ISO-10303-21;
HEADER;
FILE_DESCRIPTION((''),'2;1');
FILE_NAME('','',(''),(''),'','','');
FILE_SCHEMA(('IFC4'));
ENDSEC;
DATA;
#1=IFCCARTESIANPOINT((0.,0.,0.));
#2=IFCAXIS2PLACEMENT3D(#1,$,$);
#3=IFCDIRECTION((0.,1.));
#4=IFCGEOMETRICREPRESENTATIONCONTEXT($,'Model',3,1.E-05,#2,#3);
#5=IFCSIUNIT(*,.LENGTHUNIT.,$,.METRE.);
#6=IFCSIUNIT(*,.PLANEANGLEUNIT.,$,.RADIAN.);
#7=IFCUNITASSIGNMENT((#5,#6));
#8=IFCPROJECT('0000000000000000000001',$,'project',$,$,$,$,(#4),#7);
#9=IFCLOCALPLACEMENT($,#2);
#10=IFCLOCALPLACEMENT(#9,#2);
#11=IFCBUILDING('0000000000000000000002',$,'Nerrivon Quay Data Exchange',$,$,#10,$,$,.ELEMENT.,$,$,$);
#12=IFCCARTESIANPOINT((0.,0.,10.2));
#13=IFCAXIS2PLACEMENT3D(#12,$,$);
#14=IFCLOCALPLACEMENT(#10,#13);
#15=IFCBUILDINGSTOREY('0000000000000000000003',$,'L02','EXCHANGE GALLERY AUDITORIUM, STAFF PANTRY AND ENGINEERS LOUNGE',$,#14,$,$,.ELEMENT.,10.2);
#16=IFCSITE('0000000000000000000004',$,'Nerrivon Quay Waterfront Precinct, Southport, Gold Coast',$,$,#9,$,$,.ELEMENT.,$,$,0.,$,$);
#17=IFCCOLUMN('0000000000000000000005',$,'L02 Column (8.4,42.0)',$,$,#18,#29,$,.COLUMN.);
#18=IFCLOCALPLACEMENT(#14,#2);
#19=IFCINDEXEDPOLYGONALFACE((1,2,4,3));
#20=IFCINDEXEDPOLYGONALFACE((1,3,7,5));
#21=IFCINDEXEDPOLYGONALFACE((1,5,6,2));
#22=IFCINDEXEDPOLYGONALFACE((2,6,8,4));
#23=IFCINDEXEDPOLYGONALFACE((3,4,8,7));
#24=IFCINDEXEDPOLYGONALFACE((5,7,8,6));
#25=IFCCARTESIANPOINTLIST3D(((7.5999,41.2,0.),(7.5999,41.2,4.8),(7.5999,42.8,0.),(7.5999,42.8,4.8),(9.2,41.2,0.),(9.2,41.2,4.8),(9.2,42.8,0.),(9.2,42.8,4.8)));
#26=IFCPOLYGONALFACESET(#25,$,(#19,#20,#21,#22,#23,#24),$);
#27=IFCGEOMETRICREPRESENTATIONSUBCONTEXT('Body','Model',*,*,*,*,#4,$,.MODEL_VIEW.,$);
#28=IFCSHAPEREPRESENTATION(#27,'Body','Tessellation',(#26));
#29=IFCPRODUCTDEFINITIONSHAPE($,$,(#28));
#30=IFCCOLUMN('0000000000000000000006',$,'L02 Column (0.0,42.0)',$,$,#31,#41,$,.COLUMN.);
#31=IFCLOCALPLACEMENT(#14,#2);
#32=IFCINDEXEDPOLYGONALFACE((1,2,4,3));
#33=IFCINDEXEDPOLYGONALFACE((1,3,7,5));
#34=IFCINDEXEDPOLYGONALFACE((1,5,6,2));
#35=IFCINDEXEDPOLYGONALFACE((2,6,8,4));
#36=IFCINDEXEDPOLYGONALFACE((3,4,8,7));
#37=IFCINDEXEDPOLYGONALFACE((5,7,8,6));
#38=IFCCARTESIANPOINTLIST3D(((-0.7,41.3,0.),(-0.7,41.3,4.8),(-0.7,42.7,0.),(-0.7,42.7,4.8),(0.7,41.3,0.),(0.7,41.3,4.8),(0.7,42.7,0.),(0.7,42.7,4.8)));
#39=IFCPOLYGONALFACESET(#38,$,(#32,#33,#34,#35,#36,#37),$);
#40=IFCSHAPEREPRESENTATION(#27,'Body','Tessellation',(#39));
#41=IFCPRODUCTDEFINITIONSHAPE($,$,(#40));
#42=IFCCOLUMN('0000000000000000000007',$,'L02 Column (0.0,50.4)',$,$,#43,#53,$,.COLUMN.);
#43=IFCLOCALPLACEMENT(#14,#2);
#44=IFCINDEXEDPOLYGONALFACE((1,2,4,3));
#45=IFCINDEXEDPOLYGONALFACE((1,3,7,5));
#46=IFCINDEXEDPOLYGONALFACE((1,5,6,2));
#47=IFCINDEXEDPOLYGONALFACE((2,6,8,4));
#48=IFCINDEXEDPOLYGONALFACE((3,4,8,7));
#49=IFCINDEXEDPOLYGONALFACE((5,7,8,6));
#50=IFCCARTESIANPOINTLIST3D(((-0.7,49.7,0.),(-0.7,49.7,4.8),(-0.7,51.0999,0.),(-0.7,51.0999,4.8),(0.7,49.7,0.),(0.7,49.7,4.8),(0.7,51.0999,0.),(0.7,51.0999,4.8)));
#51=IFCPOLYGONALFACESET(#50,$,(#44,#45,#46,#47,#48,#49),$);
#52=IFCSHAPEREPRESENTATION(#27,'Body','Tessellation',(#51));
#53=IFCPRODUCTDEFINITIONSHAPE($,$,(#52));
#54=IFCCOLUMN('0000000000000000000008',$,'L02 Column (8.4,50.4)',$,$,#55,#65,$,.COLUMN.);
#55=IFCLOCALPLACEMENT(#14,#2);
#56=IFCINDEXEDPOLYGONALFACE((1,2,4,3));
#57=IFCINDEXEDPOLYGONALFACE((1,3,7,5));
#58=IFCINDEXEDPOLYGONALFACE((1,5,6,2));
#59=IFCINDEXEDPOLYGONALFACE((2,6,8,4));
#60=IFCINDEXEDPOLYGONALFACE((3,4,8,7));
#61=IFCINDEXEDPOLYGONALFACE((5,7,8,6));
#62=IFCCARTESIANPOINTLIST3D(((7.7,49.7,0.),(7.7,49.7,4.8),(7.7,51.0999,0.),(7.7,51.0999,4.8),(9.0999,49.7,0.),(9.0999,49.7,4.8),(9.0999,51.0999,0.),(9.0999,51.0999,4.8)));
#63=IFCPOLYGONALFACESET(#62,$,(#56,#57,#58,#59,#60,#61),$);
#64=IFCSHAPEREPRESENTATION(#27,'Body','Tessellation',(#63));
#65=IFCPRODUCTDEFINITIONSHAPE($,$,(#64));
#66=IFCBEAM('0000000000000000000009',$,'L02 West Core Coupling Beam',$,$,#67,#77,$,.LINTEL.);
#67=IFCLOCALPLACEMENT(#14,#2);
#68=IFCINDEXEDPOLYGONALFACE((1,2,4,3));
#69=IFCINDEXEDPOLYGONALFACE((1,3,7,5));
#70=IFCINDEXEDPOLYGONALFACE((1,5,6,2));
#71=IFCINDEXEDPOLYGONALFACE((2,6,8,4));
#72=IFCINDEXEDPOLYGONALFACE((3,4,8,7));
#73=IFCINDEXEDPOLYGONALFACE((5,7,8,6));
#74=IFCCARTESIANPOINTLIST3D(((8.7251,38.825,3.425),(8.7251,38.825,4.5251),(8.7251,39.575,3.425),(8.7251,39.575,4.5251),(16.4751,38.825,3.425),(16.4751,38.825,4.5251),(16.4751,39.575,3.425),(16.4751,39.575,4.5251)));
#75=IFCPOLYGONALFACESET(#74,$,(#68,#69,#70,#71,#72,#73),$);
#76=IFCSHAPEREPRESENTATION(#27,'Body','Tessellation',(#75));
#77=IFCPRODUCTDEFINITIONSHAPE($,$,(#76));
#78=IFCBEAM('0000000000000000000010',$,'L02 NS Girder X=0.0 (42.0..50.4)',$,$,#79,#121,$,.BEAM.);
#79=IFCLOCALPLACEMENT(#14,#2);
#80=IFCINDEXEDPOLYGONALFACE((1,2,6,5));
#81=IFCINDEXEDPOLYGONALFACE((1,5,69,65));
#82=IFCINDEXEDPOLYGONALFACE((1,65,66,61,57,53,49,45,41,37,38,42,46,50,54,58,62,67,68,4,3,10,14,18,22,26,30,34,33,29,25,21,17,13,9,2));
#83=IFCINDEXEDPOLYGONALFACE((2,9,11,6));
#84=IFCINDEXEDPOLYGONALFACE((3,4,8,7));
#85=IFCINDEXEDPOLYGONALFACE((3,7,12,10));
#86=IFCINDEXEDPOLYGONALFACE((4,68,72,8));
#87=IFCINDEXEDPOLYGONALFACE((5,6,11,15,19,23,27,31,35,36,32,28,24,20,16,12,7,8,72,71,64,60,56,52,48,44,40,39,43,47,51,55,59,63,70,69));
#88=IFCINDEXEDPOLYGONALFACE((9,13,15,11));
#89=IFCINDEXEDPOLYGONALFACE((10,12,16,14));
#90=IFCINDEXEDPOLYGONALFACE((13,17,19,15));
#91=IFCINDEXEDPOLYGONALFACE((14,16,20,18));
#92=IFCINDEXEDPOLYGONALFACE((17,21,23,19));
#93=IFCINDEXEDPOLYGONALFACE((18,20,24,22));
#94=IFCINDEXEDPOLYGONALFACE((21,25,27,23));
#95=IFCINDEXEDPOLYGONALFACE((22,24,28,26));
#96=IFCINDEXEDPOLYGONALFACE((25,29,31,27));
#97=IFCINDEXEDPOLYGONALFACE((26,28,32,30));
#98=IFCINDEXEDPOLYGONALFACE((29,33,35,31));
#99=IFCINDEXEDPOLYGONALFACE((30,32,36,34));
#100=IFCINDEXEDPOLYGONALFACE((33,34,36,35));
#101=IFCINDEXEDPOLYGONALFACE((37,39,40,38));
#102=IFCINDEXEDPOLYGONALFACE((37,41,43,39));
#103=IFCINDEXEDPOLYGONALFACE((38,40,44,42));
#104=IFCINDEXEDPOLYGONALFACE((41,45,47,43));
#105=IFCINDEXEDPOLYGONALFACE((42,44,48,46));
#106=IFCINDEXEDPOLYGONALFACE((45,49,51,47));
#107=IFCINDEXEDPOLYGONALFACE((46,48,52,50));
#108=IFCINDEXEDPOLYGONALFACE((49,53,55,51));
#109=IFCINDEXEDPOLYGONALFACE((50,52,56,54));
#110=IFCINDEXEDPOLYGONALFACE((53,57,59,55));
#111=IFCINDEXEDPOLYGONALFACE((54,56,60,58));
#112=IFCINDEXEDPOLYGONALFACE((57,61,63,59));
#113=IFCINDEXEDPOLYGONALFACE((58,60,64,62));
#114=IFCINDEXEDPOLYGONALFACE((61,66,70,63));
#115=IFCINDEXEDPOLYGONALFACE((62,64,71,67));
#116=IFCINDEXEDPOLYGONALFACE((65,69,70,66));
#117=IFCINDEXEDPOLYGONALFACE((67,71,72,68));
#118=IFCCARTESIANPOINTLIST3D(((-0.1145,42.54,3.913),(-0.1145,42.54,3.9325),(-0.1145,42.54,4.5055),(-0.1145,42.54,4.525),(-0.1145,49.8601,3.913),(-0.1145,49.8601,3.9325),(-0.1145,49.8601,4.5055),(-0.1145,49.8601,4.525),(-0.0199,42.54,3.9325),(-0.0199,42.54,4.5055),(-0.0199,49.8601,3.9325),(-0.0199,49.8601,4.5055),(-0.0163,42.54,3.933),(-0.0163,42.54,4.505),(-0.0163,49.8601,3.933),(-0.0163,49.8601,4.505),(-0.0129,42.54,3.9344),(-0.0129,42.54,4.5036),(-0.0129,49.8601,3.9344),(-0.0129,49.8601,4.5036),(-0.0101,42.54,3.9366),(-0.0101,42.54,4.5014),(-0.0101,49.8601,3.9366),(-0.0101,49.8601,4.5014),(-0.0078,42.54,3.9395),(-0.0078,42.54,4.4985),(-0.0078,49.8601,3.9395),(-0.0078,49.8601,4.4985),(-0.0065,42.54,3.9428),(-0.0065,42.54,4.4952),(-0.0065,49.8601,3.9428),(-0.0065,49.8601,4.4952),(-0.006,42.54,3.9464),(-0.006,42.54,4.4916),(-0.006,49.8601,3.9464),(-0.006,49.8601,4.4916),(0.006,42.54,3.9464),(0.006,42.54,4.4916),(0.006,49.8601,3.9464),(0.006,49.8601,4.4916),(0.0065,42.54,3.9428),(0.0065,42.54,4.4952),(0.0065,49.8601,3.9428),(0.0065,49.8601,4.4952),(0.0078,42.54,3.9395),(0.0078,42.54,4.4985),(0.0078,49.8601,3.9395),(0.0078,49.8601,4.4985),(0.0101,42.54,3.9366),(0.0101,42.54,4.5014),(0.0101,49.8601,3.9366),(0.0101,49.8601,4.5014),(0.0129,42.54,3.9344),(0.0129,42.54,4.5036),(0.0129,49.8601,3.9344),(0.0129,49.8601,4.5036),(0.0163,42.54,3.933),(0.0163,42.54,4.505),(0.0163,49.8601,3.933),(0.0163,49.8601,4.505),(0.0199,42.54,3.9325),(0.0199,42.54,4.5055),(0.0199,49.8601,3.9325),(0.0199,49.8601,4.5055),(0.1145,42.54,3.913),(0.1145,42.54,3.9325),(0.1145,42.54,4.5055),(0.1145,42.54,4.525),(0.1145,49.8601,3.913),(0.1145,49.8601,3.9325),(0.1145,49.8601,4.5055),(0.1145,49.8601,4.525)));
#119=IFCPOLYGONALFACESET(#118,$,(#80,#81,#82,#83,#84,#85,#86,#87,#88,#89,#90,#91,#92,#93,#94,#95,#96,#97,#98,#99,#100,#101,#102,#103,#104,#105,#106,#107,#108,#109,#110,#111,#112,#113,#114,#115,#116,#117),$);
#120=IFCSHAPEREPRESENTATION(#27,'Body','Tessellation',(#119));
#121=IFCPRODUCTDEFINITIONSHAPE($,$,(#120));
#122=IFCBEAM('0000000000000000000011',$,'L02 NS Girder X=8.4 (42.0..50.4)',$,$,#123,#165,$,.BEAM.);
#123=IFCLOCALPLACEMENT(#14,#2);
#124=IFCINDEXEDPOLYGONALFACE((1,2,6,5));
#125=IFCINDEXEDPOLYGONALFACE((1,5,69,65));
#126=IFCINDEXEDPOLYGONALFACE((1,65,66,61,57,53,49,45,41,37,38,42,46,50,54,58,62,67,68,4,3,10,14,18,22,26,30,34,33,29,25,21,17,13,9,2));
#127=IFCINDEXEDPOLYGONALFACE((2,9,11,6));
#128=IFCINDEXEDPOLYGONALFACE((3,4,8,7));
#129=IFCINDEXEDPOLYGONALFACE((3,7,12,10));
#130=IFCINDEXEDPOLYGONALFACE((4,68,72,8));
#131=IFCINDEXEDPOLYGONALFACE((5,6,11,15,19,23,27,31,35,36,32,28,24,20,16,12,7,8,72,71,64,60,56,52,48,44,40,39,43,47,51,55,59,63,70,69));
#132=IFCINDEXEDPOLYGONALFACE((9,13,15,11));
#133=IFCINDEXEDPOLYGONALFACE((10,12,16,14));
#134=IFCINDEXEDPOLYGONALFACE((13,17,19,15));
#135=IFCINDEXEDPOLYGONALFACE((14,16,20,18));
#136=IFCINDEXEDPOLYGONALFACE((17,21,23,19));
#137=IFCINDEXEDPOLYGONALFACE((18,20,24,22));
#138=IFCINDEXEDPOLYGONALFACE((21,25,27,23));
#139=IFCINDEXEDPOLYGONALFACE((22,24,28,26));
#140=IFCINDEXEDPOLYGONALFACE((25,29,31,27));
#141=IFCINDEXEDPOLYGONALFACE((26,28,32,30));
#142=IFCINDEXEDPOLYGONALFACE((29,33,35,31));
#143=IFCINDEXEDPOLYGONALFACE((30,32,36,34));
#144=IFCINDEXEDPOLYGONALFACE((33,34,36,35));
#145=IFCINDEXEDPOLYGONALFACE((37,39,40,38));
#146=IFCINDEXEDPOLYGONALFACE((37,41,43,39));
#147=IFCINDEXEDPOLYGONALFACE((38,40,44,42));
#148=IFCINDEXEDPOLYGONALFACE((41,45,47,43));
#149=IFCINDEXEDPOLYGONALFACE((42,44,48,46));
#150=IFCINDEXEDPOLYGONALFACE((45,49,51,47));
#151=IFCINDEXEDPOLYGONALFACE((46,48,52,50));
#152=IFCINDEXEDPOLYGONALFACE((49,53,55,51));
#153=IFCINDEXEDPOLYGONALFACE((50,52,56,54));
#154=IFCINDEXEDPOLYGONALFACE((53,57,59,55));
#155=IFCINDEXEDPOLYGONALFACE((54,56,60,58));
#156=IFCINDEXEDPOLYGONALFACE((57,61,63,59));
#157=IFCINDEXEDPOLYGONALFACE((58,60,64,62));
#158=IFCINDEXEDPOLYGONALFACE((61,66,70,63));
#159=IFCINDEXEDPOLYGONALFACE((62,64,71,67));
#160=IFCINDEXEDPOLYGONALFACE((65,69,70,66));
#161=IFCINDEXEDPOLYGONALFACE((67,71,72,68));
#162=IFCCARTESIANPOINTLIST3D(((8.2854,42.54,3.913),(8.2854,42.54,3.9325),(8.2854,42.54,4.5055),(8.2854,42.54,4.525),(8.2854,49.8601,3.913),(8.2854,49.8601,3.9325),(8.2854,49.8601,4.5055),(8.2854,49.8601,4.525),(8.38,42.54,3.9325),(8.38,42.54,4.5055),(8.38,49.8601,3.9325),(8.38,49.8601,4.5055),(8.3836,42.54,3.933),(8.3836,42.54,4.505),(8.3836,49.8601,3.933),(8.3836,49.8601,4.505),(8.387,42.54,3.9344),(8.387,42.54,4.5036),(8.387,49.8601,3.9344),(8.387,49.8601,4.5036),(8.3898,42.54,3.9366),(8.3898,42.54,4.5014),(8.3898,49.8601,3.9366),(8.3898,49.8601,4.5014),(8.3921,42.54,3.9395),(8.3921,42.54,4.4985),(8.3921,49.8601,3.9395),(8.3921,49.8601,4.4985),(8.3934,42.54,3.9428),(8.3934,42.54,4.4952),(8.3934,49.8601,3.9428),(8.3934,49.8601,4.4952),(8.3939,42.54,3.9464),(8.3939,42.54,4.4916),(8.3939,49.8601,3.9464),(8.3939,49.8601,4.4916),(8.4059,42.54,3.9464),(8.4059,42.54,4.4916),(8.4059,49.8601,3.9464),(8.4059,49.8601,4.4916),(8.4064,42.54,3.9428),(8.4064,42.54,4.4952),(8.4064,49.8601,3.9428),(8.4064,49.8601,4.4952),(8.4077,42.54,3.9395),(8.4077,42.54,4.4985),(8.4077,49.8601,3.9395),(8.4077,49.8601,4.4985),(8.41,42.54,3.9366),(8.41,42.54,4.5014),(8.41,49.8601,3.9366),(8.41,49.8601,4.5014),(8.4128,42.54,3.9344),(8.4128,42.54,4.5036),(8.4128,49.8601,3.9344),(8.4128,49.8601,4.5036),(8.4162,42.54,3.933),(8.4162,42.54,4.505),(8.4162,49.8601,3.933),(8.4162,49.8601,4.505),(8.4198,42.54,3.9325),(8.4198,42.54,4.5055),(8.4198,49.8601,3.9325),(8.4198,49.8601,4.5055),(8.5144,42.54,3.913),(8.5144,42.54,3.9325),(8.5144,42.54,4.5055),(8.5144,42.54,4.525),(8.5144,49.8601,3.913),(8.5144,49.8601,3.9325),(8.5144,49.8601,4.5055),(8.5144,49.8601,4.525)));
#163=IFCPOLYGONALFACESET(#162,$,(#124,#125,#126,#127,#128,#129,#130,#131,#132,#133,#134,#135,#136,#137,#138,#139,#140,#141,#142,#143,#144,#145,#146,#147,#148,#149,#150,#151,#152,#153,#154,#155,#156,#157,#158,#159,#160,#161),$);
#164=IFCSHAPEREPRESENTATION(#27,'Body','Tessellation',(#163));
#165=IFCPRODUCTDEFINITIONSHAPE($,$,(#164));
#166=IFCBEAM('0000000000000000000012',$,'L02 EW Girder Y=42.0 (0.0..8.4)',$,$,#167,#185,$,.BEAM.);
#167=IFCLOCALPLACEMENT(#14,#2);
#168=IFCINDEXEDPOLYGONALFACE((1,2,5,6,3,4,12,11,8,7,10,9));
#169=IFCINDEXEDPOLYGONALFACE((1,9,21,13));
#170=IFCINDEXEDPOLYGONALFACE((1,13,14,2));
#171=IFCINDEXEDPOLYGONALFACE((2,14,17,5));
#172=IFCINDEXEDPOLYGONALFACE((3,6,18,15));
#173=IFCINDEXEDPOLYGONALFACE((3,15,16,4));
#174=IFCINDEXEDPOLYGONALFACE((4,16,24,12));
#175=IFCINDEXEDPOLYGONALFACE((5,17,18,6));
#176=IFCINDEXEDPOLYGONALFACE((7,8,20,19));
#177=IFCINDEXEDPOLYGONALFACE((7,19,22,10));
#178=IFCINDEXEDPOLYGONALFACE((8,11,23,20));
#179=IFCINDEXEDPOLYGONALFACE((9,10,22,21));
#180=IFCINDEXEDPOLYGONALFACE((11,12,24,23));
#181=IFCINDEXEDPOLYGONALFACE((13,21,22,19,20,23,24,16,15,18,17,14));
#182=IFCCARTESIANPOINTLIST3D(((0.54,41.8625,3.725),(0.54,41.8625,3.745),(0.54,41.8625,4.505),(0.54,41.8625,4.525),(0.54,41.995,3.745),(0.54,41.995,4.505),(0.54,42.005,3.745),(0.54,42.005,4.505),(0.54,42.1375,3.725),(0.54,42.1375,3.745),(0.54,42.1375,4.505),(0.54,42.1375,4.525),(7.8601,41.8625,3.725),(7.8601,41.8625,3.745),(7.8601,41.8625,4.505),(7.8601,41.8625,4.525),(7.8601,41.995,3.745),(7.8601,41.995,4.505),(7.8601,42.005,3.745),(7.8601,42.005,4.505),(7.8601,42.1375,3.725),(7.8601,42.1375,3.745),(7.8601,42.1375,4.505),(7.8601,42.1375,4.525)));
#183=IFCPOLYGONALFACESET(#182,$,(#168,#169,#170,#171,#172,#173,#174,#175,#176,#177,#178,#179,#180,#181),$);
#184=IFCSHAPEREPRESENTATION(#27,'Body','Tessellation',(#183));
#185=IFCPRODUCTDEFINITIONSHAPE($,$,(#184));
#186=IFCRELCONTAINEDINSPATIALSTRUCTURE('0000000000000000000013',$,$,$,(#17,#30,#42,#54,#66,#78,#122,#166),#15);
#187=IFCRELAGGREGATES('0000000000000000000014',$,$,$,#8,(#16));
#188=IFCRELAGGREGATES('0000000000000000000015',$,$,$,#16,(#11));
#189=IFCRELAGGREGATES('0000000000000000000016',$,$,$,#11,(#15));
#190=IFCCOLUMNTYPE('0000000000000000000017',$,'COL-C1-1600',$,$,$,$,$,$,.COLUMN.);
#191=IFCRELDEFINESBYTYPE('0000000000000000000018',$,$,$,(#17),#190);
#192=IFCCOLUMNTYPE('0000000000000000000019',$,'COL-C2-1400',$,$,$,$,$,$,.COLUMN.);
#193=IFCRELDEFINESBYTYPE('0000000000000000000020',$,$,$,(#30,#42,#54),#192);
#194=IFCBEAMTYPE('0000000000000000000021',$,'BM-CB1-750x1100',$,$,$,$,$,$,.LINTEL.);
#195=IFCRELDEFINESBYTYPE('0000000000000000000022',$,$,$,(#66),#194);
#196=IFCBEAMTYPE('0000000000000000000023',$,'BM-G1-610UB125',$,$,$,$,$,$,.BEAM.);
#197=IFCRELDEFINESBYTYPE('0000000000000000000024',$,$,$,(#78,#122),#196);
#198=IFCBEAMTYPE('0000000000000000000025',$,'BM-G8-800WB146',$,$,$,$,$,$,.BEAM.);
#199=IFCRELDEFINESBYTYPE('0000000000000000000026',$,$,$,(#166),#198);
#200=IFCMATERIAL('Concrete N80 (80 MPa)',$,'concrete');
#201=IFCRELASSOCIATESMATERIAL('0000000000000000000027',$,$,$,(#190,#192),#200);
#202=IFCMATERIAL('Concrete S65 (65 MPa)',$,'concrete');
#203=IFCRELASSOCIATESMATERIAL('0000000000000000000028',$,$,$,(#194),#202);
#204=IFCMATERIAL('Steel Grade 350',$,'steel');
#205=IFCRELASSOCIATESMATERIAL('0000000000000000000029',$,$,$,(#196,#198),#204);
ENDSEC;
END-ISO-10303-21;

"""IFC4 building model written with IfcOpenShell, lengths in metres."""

from ifc_helpers import new_model, si_unit, direction, frame, origin, origin_2d, place, context, subcontext, project, spatial, rectangle, i_section, extrude, material, material_profile, profile_set, type_object, element, save


model = new_model("IFC4")

# Units and contexts
model_context = context("Model", 3, precision=1e-05, world=origin(), true_north=direction((0.0, 1.0)))
body_context = subcontext(model_context, "Body", "Model", "MODEL_VIEW")
ifc_project = project(units=[si_unit("LENGTHUNIT", "METRE"), si_unit("PLANEANGLEUNIT", "RADIAN")], contexts=[model_context])

# Site, building, storey
site_placement = place(None, origin())
site = spatial("IfcSite", under=ifc_project, at=site_placement, Name="Nerrivon Quay Waterfront Precinct, Southport, Gold Coast", CompositionType="ELEMENT", RefElevation=0.0)
building_placement = place(site_placement, origin())
building = spatial("IfcBuilding", under=site, at=building_placement, Name="Nerrivon Quay Data Exchange", CompositionType="ELEMENT")
storey_placement = place(building_placement, frame((0.0, 0.0, 10.2)))
storey = spatial("IfcBuildingStorey", under=building, at=storey_placement, Name="L02", Description="EXCHANGE GALLERY AUDITORIUM, STAFF PANTRY AND ENGINEERS LOUNGE", CompositionType="ELEMENT", Elevation=10.2)

# Columns
ifc_material_1 = material(Name="Concrete N80 (80 MPa)", Category="concrete")
ifc_material_profile_1 = material_profile(ifc_material_1, rectangle(XDim=1.6001, YDim=1.6001, at=origin_2d()), Name="RC-COL-1600x1600")
ifc_profile_set_1 = profile_set([ifc_material_profile_1], Name="Concrete N80 (80 MPa)")
column_type_1 = type_object("IfcColumnType", Name="COL-C1-1600", PredefinedType="COLUMN", material=ifc_profile_set_1)
column_placement = place(storey_placement, frame((8.3999, 42.0, 0.0), z_axis=(0.0, 0.0, 1.0), x_axis=(1.0, 0.0, 0.0)))
element("IfcColumn", 1, at=column_placement, inside=storey, type_object=column_type_1, Name="L02 Column (8.4,42.0)", PredefinedType="COLUMN", context=body_context, shape_type="SweptSolid", body=[
    extrude(rectangle(XDim=1.6001, YDim=1.6001, at=origin_2d()), origin(), (0.0, 0.0, 1.0), 4.8),
])
ifc_material_profile_2 = material_profile(ifc_material_1, rectangle(XDim=1.3999, YDim=1.3999, at=origin_2d()), Name="RC-COL-1400x1400")
ifc_profile_set_2 = profile_set([ifc_material_profile_2], Name="Concrete N80 (80 MPa)")
column_type_2 = type_object("IfcColumnType", Name="COL-C2-1400", PredefinedType="COLUMN", material=ifc_profile_set_2)
for number, where, z_axis, x_axis, name in (
    (2, (0.0, 42.0, 0.0), (0.0, 0.0, 1.0), (1.0, 0.0, 0.0), "L02 Column (0.0,42.0)"),
    (3, (0.0, 50.3999, 0.0), (0.0, 0.0, 1.0), (1.0, 0.0, 0.0), "L02 Column (0.0,50.4)"),
    (4, (8.3999, 50.3999, 0.0), (0.0, 0.0, 1.0), (1.0, 0.0, 0.0), "L02 Column (8.4,50.4)"),
):
    element("IfcColumn", number, at=place(storey_placement, frame(where, z_axis=z_axis, x_axis=x_axis)), inside=storey, type_object=column_type_2, Name=name, PredefinedType="COLUMN", context=body_context, shape_type="SweptSolid", body=[
        extrude(rectangle(XDim=1.3999, YDim=1.3999, at=origin_2d()), origin(), (0.0, 0.0, 1.0), 4.8),
    ])

# Beams
ifc_material_2 = material(Name="Concrete S65 (65 MPa)", Category="concrete")
ifc_material_profile_3 = material_profile(ifc_material_2, rectangle(XDim=0.75, YDim=1.1001, at=origin_2d()), Name="RC-CB-750x1100")
ifc_profile_set_3 = profile_set([ifc_material_profile_3], Name="Concrete S65 (65 MPa)")
beam_type_1 = type_object("IfcBeamType", Name="BM-CB1-750x1100", PredefinedType="LINTEL", material=ifc_profile_set_3)
beam_1_placement = place(storey_placement, frame((8.7251, 39.2, 3.9751), z_axis=(1.0, 0.0, 0.0), x_axis=(0.0, 1.0, 0.0)))
element("IfcBeam", 5, at=beam_1_placement, inside=storey, type_object=beam_type_1, Name="L02 West Core Coupling Beam", PredefinedType="LINTEL", context=body_context, shape_type="SweptSolid", body=[
    extrude(rectangle(XDim=0.75, YDim=1.1001, at=origin_2d()), origin(), (0.0, 0.0, 1.0), 7.75),
])
ifc_material_3 = material(Name="Steel Grade 350", Category="steel")
ifc_material_profile_4 = material_profile(ifc_material_3, i_section(OverallWidth=0.229, OverallDepth=0.6121, WebThickness=0.012, FlangeThickness=0.0195, FilletRadius=0.0139, at=origin_2d()), Name="610UB125")
ifc_profile_set_4 = profile_set([ifc_material_profile_4], Name="Steel Grade 350")
beam_type_2 = type_object("IfcBeamType", Name="BM-G1-610UB125", PredefinedType="BEAM", material=ifc_profile_set_4)
for number, where, z_axis, x_axis, name in (
    (6, (0.0, 42.54, 4.219), (0.0, 1.0, 0.0), (-1.0, 0.0, 0.0), "L02 NS Girder X=0.0 (42.0..50.4)"),
    (7, (8.3999, 42.54, 4.219), (0.0, 1.0, 0.0), (-1.0, 0.0, 0.0), "L02 NS Girder X=8.4 (42.0..50.4)"),
):
    element("IfcBeam", number, at=place(storey_placement, frame(where, z_axis=z_axis, x_axis=x_axis)), inside=storey, type_object=beam_type_2, Name=name, PredefinedType="BEAM", context=body_context, shape_type="SweptSolid", body=[
        extrude(i_section(OverallWidth=0.229, OverallDepth=0.6121, WebThickness=0.012, FlangeThickness=0.0195, FilletRadius=0.0139, at=origin_2d()), origin(), (0.0, 0.0, 1.0), 7.3201),
    ])
ifc_material_profile_5 = material_profile(ifc_material_3, i_section(OverallWidth=0.2749, OverallDepth=0.8, WebThickness=0.01, FlangeThickness=0.02, at=origin_2d()), Name="800WB146")
ifc_profile_set_5 = profile_set([ifc_material_profile_5], Name="Steel Grade 350")
beam_type_3 = type_object("IfcBeamType", Name="BM-G8-800WB146", PredefinedType="BEAM", material=ifc_profile_set_5)
for number, where, z_axis, x_axis, name in (
    (8, (0.54, 42.0, 4.125), (1.0, 0.0, 0.0), (0.0, 1.0, 0.0), "L02 EW Girder Y=42.0 (0.0..8.4)"),
):
    element("IfcBeam", number, at=place(storey_placement, frame(where, z_axis=z_axis, x_axis=x_axis)), inside=storey, type_object=beam_type_3, Name=name, PredefinedType="BEAM", context=body_context, shape_type="SweptSolid", body=[
        extrude(i_section(OverallWidth=0.2749, OverallDepth=0.8, WebThickness=0.01, FlangeThickness=0.02, at=origin_2d()), origin(), (0.0, 0.0, 1.0), 7.3201),
    ])

save(model, "model.ifc")
